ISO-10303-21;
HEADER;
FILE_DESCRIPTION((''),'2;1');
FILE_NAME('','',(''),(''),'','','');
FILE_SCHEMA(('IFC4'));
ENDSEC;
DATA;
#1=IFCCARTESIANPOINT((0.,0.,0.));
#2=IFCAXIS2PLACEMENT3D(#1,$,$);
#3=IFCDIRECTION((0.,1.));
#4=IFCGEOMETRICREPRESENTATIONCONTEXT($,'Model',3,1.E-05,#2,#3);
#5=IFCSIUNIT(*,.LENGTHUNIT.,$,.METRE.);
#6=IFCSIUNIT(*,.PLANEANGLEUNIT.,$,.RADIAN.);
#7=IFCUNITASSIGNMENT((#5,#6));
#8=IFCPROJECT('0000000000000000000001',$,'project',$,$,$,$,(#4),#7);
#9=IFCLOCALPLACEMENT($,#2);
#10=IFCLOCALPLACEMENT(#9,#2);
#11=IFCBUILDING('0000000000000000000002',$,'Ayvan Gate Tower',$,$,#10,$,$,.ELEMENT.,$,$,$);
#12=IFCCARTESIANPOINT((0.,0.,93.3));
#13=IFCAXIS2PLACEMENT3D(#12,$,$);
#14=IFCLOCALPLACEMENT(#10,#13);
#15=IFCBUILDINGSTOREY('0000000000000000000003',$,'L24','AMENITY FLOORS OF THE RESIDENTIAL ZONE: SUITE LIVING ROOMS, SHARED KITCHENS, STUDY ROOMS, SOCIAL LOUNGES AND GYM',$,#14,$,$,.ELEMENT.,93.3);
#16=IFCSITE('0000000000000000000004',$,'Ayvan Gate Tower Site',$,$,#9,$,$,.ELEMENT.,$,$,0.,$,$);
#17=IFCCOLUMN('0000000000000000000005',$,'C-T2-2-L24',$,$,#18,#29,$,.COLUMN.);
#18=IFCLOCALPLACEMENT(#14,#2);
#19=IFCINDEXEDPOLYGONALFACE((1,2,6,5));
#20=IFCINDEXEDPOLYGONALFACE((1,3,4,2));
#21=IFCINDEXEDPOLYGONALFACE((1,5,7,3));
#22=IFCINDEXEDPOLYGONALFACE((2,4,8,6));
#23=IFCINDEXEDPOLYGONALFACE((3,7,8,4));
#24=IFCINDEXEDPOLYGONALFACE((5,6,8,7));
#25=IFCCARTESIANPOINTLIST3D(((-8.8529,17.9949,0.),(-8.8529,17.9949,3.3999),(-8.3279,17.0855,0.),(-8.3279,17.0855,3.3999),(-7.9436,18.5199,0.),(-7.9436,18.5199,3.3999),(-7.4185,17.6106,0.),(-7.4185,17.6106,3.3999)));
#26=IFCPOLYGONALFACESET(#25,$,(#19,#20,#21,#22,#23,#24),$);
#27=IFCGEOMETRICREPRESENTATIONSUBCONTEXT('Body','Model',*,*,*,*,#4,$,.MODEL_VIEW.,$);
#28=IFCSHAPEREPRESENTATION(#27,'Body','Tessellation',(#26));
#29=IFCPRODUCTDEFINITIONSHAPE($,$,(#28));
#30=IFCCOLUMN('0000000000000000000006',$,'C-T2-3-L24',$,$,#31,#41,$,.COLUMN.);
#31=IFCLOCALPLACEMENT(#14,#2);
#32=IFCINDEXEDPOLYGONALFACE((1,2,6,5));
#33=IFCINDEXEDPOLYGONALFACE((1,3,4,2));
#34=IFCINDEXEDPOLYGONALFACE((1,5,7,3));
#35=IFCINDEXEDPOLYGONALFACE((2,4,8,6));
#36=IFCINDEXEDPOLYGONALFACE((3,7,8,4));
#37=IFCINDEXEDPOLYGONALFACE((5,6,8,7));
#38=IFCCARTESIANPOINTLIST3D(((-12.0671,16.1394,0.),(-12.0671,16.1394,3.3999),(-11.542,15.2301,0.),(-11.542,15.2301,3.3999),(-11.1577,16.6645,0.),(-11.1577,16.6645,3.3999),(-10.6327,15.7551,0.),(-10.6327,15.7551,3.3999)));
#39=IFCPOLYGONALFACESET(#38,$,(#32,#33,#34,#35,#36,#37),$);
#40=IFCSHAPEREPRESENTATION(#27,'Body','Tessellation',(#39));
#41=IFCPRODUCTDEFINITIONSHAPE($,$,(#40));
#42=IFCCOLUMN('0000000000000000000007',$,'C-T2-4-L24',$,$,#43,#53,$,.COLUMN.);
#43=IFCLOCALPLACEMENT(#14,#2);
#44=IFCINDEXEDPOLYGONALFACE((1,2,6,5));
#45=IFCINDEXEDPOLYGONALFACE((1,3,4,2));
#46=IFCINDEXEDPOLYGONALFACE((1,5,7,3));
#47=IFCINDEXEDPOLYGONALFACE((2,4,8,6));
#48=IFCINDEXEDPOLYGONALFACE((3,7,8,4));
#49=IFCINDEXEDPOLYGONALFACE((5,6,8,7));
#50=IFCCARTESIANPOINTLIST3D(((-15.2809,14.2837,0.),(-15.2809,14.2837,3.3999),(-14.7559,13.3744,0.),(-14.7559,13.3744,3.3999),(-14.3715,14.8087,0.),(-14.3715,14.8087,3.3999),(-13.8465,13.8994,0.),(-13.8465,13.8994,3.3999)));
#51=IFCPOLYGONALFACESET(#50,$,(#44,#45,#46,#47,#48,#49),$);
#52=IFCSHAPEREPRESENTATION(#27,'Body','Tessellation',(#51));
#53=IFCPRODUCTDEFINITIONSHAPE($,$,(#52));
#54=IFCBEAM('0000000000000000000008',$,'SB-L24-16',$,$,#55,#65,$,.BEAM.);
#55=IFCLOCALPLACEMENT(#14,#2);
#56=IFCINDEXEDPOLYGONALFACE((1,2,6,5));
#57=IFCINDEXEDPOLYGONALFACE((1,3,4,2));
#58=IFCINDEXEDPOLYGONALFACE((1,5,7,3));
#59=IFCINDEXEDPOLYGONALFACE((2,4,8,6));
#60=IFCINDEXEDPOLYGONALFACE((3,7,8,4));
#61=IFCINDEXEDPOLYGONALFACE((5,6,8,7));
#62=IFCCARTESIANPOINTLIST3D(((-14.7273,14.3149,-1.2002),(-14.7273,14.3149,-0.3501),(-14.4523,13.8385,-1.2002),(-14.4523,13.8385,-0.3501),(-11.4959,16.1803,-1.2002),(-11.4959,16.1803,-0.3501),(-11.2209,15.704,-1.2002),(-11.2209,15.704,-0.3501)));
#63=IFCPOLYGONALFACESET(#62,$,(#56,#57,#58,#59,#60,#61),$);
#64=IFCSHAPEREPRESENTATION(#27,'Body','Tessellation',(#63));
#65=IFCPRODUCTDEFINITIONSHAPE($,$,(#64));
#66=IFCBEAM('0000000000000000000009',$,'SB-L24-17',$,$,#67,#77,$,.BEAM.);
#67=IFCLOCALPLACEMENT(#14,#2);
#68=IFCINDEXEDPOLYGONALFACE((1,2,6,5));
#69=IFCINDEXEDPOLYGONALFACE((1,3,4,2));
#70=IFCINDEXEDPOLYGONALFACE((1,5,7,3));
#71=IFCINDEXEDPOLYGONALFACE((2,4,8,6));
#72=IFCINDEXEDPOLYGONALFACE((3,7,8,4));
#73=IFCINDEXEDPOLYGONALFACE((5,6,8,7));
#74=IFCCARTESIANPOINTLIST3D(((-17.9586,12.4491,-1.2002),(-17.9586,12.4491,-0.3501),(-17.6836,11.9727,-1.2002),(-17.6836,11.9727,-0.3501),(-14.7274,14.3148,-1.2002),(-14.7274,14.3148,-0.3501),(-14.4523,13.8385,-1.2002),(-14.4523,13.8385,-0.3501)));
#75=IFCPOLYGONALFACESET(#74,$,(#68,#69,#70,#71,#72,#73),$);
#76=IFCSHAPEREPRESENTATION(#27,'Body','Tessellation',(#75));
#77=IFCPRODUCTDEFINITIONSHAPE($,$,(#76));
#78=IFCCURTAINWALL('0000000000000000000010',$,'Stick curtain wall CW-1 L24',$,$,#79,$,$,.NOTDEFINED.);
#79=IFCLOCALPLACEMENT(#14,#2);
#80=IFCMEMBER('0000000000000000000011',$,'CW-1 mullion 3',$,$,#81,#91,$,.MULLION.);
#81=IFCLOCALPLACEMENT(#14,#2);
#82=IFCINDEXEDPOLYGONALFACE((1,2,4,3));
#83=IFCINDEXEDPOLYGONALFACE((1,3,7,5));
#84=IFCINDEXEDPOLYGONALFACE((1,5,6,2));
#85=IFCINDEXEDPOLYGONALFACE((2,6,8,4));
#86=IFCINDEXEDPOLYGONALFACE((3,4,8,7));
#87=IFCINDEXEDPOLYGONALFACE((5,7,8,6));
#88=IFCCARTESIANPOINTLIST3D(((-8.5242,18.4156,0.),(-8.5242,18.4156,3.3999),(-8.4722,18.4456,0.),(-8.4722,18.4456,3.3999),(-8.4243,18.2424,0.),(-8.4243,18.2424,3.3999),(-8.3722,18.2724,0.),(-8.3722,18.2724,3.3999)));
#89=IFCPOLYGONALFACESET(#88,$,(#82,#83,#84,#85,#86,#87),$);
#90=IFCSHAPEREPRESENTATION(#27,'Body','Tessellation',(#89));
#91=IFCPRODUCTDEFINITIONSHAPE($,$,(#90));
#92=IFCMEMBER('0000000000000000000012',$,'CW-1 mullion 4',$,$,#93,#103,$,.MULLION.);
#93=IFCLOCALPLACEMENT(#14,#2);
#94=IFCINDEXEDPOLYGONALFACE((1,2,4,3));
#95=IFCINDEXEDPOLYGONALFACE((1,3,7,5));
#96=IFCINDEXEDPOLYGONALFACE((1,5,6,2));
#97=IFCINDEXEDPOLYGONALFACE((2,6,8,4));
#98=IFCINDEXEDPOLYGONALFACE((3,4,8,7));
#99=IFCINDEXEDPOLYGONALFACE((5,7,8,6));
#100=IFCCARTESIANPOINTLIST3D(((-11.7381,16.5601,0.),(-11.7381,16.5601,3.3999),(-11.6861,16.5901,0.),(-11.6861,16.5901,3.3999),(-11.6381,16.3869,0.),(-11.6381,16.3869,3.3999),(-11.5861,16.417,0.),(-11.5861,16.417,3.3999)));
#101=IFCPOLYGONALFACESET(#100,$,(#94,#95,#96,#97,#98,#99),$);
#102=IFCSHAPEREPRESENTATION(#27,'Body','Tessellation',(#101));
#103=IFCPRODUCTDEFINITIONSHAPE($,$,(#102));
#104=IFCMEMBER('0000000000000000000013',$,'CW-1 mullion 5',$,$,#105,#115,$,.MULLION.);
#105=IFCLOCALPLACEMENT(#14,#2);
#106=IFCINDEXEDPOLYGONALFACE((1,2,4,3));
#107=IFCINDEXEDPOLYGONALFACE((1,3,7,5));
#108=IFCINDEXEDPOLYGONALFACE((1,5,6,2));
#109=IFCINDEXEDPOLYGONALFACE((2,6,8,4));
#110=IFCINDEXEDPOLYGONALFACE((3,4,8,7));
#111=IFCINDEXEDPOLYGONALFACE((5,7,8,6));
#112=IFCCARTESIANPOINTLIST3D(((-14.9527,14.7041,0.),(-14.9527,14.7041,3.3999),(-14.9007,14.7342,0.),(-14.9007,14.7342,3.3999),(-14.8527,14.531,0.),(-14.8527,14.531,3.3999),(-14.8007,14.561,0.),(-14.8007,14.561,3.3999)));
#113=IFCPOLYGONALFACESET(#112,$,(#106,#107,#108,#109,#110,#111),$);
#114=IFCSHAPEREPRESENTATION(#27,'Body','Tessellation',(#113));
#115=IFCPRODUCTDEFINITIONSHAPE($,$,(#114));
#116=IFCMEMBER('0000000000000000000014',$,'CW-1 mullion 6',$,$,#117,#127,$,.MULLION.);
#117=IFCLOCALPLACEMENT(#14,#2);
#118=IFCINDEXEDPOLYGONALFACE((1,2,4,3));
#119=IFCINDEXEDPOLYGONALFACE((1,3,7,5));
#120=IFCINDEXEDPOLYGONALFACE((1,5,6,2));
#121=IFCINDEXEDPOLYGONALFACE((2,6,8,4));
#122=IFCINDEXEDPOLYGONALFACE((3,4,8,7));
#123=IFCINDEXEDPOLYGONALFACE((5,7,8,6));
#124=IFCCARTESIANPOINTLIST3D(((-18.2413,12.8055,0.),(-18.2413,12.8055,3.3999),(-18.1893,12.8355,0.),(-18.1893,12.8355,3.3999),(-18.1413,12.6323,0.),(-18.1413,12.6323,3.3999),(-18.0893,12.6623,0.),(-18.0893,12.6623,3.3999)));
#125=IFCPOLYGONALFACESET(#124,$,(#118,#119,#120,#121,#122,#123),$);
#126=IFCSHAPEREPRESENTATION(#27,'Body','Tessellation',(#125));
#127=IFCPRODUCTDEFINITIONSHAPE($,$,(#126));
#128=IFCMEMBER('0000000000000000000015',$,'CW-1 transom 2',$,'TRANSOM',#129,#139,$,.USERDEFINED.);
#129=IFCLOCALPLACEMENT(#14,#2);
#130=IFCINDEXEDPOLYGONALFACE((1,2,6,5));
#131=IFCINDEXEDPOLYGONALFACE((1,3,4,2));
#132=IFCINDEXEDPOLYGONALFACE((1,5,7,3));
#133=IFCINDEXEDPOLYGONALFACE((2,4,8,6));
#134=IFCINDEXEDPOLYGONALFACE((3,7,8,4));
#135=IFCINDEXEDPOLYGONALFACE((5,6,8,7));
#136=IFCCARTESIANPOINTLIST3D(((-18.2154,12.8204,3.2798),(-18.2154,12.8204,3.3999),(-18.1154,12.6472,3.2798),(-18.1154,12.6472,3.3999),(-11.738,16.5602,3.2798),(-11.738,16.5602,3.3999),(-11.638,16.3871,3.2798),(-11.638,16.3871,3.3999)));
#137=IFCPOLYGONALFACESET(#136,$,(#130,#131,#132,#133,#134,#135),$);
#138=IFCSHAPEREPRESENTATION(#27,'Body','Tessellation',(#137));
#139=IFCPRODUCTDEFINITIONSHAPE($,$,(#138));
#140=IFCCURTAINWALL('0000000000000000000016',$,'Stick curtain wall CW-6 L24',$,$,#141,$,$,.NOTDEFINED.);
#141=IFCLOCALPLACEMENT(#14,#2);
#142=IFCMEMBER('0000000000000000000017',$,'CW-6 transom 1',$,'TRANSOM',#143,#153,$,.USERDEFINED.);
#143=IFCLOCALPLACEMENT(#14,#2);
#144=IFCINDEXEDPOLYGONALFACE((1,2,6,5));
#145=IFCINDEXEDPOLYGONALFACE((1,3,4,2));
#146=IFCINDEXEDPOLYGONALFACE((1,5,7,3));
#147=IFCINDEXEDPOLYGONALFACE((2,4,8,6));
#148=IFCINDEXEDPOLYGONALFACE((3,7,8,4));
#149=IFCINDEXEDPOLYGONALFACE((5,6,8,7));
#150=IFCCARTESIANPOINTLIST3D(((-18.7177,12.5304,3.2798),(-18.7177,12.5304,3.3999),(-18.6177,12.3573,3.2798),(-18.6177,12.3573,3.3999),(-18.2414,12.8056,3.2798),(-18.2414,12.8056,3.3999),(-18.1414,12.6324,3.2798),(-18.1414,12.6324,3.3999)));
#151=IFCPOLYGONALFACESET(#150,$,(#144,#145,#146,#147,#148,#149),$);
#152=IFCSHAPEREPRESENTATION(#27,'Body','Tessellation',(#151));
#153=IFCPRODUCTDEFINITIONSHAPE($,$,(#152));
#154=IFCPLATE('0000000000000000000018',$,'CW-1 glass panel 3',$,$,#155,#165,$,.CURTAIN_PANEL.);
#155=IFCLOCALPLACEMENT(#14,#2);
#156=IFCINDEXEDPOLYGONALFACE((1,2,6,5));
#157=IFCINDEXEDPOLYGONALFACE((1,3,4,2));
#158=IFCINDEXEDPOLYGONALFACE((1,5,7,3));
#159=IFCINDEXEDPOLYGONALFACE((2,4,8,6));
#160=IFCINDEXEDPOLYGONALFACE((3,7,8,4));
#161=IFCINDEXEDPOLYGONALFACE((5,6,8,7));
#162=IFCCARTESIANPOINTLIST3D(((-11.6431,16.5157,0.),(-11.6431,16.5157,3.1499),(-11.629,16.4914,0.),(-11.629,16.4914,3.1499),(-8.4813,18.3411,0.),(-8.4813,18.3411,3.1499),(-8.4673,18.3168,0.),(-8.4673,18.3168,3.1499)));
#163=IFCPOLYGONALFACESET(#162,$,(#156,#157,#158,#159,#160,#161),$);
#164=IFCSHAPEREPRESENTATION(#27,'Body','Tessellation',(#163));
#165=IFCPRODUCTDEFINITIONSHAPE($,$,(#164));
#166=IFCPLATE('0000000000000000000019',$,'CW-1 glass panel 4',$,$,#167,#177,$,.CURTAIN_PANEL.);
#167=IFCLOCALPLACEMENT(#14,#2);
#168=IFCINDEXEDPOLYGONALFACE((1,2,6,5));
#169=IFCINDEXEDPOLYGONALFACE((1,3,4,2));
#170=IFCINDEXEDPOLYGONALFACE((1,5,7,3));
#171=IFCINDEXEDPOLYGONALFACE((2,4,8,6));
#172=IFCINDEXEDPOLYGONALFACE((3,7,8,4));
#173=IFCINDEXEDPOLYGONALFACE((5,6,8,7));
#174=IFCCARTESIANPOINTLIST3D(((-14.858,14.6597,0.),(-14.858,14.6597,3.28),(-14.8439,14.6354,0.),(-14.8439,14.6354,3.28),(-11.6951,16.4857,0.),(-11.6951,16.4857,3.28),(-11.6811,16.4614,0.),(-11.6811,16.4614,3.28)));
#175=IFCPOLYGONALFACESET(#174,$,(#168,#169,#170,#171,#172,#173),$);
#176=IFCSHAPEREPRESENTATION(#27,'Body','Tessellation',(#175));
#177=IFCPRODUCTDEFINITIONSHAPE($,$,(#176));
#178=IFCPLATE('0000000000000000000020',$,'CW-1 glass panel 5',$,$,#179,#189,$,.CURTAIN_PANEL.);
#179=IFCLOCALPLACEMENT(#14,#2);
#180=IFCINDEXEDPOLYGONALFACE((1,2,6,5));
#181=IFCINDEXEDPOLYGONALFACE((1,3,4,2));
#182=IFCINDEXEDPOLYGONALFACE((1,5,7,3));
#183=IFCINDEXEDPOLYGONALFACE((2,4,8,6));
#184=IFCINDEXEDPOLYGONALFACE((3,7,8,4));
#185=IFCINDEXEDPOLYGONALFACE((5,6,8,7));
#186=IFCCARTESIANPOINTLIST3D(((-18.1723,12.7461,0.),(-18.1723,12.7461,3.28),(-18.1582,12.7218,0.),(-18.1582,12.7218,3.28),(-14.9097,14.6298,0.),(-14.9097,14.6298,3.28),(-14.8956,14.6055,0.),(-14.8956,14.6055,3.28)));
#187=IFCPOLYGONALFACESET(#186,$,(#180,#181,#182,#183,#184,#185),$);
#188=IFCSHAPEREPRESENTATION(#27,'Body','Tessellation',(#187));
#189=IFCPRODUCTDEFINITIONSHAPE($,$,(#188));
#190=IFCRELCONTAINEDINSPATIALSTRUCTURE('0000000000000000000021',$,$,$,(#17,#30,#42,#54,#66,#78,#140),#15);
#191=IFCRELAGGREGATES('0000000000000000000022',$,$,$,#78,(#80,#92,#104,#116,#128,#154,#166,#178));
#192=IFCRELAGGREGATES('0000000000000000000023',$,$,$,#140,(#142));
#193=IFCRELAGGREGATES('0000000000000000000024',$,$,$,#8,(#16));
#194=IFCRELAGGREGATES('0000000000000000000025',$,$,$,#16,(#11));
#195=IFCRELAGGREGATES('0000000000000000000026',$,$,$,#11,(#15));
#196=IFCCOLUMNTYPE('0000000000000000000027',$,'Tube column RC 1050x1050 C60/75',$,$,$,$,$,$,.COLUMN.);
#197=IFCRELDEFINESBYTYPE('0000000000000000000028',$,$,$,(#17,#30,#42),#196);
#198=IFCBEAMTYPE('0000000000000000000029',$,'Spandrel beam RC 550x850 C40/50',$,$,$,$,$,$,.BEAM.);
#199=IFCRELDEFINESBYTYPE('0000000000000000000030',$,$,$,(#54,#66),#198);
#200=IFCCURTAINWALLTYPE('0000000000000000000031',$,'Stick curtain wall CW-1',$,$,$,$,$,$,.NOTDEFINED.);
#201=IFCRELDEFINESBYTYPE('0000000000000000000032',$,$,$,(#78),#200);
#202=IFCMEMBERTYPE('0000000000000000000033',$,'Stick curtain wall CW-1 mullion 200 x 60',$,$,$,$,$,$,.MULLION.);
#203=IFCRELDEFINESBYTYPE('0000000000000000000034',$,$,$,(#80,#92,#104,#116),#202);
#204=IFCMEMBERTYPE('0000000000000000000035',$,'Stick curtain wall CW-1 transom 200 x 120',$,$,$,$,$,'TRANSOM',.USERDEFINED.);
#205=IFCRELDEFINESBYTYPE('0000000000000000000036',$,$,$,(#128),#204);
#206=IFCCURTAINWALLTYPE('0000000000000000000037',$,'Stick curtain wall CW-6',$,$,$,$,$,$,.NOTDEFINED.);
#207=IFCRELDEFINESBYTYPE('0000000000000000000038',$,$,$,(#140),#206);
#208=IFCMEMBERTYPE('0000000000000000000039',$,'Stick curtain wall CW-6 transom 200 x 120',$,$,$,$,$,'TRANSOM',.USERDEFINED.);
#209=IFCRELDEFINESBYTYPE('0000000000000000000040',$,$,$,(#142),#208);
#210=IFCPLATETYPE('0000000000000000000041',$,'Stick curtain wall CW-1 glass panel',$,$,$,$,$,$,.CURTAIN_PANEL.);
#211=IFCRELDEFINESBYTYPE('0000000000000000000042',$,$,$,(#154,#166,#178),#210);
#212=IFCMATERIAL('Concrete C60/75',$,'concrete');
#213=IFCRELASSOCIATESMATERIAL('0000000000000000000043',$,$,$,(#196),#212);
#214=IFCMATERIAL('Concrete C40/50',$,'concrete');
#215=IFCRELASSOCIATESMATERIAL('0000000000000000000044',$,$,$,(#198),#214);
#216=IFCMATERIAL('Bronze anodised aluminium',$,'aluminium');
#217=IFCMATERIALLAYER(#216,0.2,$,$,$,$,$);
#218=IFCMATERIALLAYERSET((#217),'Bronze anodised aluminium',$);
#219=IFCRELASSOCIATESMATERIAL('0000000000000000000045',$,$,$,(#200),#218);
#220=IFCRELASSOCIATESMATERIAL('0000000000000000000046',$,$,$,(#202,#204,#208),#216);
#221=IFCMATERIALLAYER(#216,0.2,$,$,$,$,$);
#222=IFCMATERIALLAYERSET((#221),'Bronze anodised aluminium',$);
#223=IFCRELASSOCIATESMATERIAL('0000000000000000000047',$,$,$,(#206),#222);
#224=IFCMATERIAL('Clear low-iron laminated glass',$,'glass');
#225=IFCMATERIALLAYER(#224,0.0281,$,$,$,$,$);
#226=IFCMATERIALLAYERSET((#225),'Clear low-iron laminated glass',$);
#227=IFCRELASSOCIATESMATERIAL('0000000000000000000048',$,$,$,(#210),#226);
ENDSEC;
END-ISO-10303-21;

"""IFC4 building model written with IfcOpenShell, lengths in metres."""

from ifc_helpers import new_model, si_unit, direction, frame, origin, origin_2d, place, context, subcontext, project, spatial, rectangle, extrude, material, layer, layer_set, material_profile, profile_set, type_object, element, aggregate, save


model = new_model("IFC4")

# Units and contexts
model_context = context("Model", 3, precision=1e-05, world=origin(), true_north=direction((0.0, 1.0)))
body_context = subcontext(model_context, "Body", "Model", "MODEL_VIEW")
ifc_project = project(units=[si_unit("LENGTHUNIT", "METRE"), si_unit("PLANEANGLEUNIT", "RADIAN")], contexts=[model_context])

# Site, building, storey
site_placement = place(None, origin())
site = spatial("IfcSite", under=ifc_project, at=site_placement, Name="Ayvan Gate Tower Site", CompositionType="ELEMENT", RefElevation=0.0)
building_placement = place(site_placement, origin())
building = spatial("IfcBuilding", under=site, at=building_placement, Name="Ayvan Gate Tower", CompositionType="ELEMENT")
storey_placement = place(building_placement, frame((0.0, 0.0, 93.3)))
storey = spatial("IfcBuildingStorey", under=building, at=storey_placement, Name="L24", Description="AMENITY FLOORS OF THE RESIDENTIAL ZONE: SUITE LIVING ROOMS, SHARED KITCHENS, STUDY ROOMS, SOCIAL LOUNGES AND GYM", CompositionType="ELEMENT", Elevation=93.3)

# Columns
ifc_material_1 = material(Name="Concrete C60/75", Category="concrete")
ifc_material_profile_1 = material_profile(ifc_material_1, rectangle(XDim=1.05, YDim=1.05, at=origin_2d()), Name="RC 1050x1050")
ifc_profile_set_1 = profile_set([ifc_material_profile_1], Name="Concrete C60/75")
column_type = type_object("IfcColumnType", Name="Tube column RC 1050x1050 C60/75", PredefinedType="COLUMN", material=ifc_profile_set_1)
for number, where, z_axis, x_axis, name in (
    (1, (-8.1357, 17.8027, 0.0), (0.0, 0.0, 1.0), (-0.5, 0.866025, 0.0), "C-T2-2-L24"),
    (2, (-11.3499, 15.9473, 0.0), (0.0, 0.0, 1.0), (-0.5, 0.866025, 0.0), "C-T2-3-L24"),
    (3, (-14.5637, 14.0916, 0.0), (0.0, 0.0, 1.0), (-0.5, 0.866025, 0.0), "C-T2-4-L24"),
):
    element("IfcColumn", number, at=place(storey_placement, frame(where, z_axis=z_axis, x_axis=x_axis)), inside=storey, type_object=column_type, Name=name, PredefinedType="COLUMN", context=body_context, shape_type="SweptSolid", body=[
        extrude(rectangle(XDim=1.05, YDim=1.05, at=origin_2d()), origin(), (0.0, 0.0, 1.0), 3.3999),
    ])

# Beams
ifc_material_2 = material(Name="Concrete C40/50", Category="concrete")
ifc_material_profile_2 = material_profile(ifc_material_2, rectangle(XDim=0.55, YDim=0.8501, at=origin_2d()), Name="RC 550x850")
ifc_profile_set_2 = profile_set([ifc_material_profile_2], Name="Concrete C40/50")
beam_type = type_object("IfcBeamType", Name="Spandrel beam RC 550x850 C40/50", PredefinedType="BEAM", material=ifc_profile_set_2)
for number, where, z_axis, x_axis, name in (
    (4, (-11.3584, 15.9421, -0.7751), (-0.866048, -0.49996, 0.0), (0.49996, -0.866048, 0.0), "SB-L24-16"),
    (5, (-14.5898, 14.0767, -0.7751), (-0.866004, -0.500038, 0.0), (0.500038, -0.866004, 0.0), "SB-L24-17"),
):
    element("IfcBeam", number, at=place(storey_placement, frame(where, z_axis=z_axis, x_axis=x_axis)), inside=storey, type_object=beam_type, Name=name, PredefinedType="BEAM", context=body_context, shape_type="SweptSolid", body=[
        extrude(rectangle(XDim=0.55, YDim=0.8501, at=origin_2d()), origin(), (0.0, 0.0, 1.0), 3.7312),
    ])

# Curtain wall, members
ifc_material_3 = material(Name="Bronze anodised aluminium", Category="aluminium")
ifc_layer_1 = layer(ifc_material_3, 0.2)
ifc_layer_set_1 = layer_set([ifc_layer_1], Name="Bronze anodised aluminium")
curtain_wall_type_1 = type_object("IfcCurtainWallType", Name="Stick curtain wall CW-1", PredefinedType="NOTDEFINED", material=ifc_layer_set_1)
curtain_wall_1_placement = place(storey_placement, origin())
curtain_wall_1 = element("IfcCurtainWall", 6, at=curtain_wall_1_placement, inside=storey, type_object=curtain_wall_type_1, Name="Stick curtain wall CW-1 L24", PredefinedType="NOTDEFINED")
ifc_material_profile_3 = material_profile(ifc_material_3, rectangle(XDim=0.2, YDim=0.0601, at=origin_2d()), Name="Stick curtain wall CW-1 mullion 200 x 60")
ifc_profile_set_3 = profile_set([ifc_material_profile_3], Name="Bronze anodised aluminium")
member_type_1 = type_object("IfcMemberType", Name="Stick curtain wall CW-1 mullion 200 x 60", PredefinedType="MULLION", material=ifc_profile_set_3)
member_1_placement = place(storey_placement, frame((-8.4482, 18.344, 0.0), z_axis=(0.0, 0.0, 1.0), x_axis=(-0.5, 0.866025, 0.0)))
member_1 = element("IfcMember", 7, at=member_1_placement, type_object=member_type_1, Name="CW-1 mullion 3", PredefinedType="MULLION", context=body_context, shape_type="SweptSolid", body=[
    extrude(rectangle(XDim=0.2, YDim=0.0601, at=origin_2d()), origin(), (0.0, 0.0, 1.0), 3.3999),
])
member_2_placement = place(storey_placement, frame((-11.6621, 16.4885, 0.0), z_axis=(0.0, 0.0, 1.0), x_axis=(-0.5, 0.866025, 0.0)))
member_2 = element("IfcMember", 8, at=member_2_placement, type_object=member_type_1, Name="CW-1 mullion 4", PredefinedType="MULLION", context=body_context, shape_type="SweptSolid", body=[
    extrude(rectangle(XDim=0.2, YDim=0.0601, at=origin_2d()), origin(), (0.0, 0.0, 1.0), 3.3999),
])
member_3_placement = place(storey_placement, frame((-14.8767, 14.6326, 0.0), z_axis=(0.0, 0.0, 1.0), x_axis=(-0.5, 0.866025, 0.0)))
member_3 = element("IfcMember", 9, at=member_3_placement, type_object=member_type_1, Name="CW-1 mullion 5", PredefinedType="MULLION", context=body_context, shape_type="SweptSolid", body=[
    extrude(rectangle(XDim=0.2, YDim=0.0601, at=origin_2d()), origin(), (0.0, 0.0, 1.0), 3.3999),
])
member_4_placement = place(storey_placement, frame((-18.1653, 12.7339, 0.0), z_axis=(0.0, 0.0, 1.0), x_axis=(-0.5, 0.866025, 0.0)))
member_4 = element("IfcMember", 10, at=member_4_placement, type_object=member_type_1, Name="CW-1 mullion 6", PredefinedType="MULLION", context=body_context, shape_type="SweptSolid", body=[
    extrude(rectangle(XDim=0.2, YDim=0.0601, at=origin_2d()), origin(), (0.0, 0.0, 1.0), 3.3999),
])
ifc_material_profile_4 = material_profile(ifc_material_3, rectangle(XDim=0.2, YDim=0.1201, at=origin_2d()), Name="Stick curtain wall CW-1 transom 200 x 120")
ifc_profile_set_4 = profile_set([ifc_material_profile_4], Name="Bronze anodised aluminium")
member_type_2 = type_object("IfcMemberType", Name="Stick curtain wall CW-1 transom 200 x 120", ElementType="TRANSOM", PredefinedType="USERDEFINED", material=ifc_profile_set_4)
member_5_placement = place(storey_placement, frame((-11.688, 16.4736, 3.3398), z_axis=(-0.866021, -0.500008, 0.0), x_axis=(0.500008, -0.866021, 0.0)))
member_5 = element("IfcMember", 11, at=member_5_placement, type_object=member_type_2, Name="CW-1 transom 2", ObjectType="TRANSOM", PredefinedType="USERDEFINED", context=body_context, shape_type="SweptSolid", body=[
    extrude(rectangle(XDim=0.2, YDim=0.1201, at=origin_2d()), origin(), (0.0, 0.0, 1.0), 7.4795),
])

# Curtain wall, member
ifc_layer_2 = layer(ifc_material_3, 0.2)
ifc_layer_set_2 = layer_set([ifc_layer_2], Name="Bronze anodised aluminium")
curtain_wall_type_2 = type_object("IfcCurtainWallType", Name="Stick curtain wall CW-6", PredefinedType="NOTDEFINED", material=ifc_layer_set_2)
curtain_wall_2_placement = place(storey_placement, origin())
curtain_wall_2 = element("IfcCurtainWall", 12, at=curtain_wall_2_placement, inside=storey, type_object=curtain_wall_type_2, Name="Stick curtain wall CW-6 L24", PredefinedType="NOTDEFINED")
ifc_material_profile_5 = material_profile(ifc_material_3, rectangle(XDim=0.2, YDim=0.1201, at=origin_2d()), Name="Stick curtain wall CW-6 transom 200 x 120")
ifc_profile_set_5 = profile_set([ifc_material_profile_5], Name="Bronze anodised aluminium")
member_type_3 = type_object("IfcMemberType", Name="Stick curtain wall CW-6 transom 200 x 120", ElementType="TRANSOM", PredefinedType="USERDEFINED", material=ifc_profile_set_5)
member_6_placement = place(storey_placement, frame((-18.1914, 12.719, 3.3398), z_axis=(-0.865912, -0.500196, 0.0), x_axis=(0.500196, -0.865912, 0.0)))
member_6 = element("IfcMember", 13, at=member_6_placement, type_object=member_type_3, Name="CW-6 transom 1", ObjectType="TRANSOM", PredefinedType="USERDEFINED", context=body_context, shape_type="SweptSolid", body=[
    extrude(rectangle(XDim=0.2, YDim=0.1201, at=origin_2d()), origin(), (0.0, 0.0, 1.0), 0.55),
])

# Plates
ifc_material_4 = material(Name="Clear low-iron laminated glass", Category="glass")
ifc_layer_3 = layer(ifc_material_4, 0.0281)
ifc_layer_set_3 = layer_set([ifc_layer_3], Name="Clear low-iron laminated glass")
plate_type_1 = type_object("IfcPlateType", Name="Stick curtain wall CW-1 glass panel", PredefinedType="CURTAIN_PANEL", material=ifc_layer_set_3)
plate_1_placement = place(storey_placement, frame((-10.0552, 17.4163, 0.0), z_axis=(0.0, 0.0, 1.0), x_axis=(-0.866025, -0.5, 0.0)))
plate_1 = element("IfcPlate", 14, at=plate_1_placement, type_object=plate_type_1, Name="CW-1 glass panel 3", PredefinedType="CURTAIN_PANEL", context=body_context, shape_type="SweptSolid", body=[
    extrude(rectangle(XDim=3.6509, YDim=0.0281, at=origin_2d()), origin(), (0.0, 0.0, 1.0), 3.1499),
])
plate_2_placement = place(storey_placement, frame((-13.2695, 15.5605, 0.0), z_axis=(0.0, 0.0, 1.0), x_axis=(-0.866025, -0.5, 0.0)))
plate_2 = element("IfcPlate", 15, at=plate_2_placement, type_object=plate_type_1, Name="CW-1 glass panel 4", PredefinedType="CURTAIN_PANEL", context=body_context, shape_type="SweptSolid", body=[
    extrude(rectangle(XDim=3.6521, YDim=0.0281, at=origin_2d()), origin(), (0.0, 0.0, 1.0), 3.28),
])
plate_3_placement = place(storey_placement, frame((-16.5339, 13.6758, 0.0), z_axis=(0.0, 0.0, 1.0), x_axis=(-0.866025, -0.5, 0.0)))
plate_3 = element("IfcPlate", 16, at=plate_3_placement, type_object=plate_type_1, Name="CW-1 glass panel 5", PredefinedType="CURTAIN_PANEL", context=body_context, shape_type="SweptSolid", body=[
    extrude(rectangle(XDim=3.7673, YDim=0.0281, at=origin_2d()), origin(), (0.0, 0.0, 1.0), 3.28),
])
aggregate(curtain_wall_1, [member_1, member_2, member_3, member_4, member_5, plate_1, plate_2, plate_3])
aggregate(curtain_wall_2, [member_6])

save(model, "model.ifc")
